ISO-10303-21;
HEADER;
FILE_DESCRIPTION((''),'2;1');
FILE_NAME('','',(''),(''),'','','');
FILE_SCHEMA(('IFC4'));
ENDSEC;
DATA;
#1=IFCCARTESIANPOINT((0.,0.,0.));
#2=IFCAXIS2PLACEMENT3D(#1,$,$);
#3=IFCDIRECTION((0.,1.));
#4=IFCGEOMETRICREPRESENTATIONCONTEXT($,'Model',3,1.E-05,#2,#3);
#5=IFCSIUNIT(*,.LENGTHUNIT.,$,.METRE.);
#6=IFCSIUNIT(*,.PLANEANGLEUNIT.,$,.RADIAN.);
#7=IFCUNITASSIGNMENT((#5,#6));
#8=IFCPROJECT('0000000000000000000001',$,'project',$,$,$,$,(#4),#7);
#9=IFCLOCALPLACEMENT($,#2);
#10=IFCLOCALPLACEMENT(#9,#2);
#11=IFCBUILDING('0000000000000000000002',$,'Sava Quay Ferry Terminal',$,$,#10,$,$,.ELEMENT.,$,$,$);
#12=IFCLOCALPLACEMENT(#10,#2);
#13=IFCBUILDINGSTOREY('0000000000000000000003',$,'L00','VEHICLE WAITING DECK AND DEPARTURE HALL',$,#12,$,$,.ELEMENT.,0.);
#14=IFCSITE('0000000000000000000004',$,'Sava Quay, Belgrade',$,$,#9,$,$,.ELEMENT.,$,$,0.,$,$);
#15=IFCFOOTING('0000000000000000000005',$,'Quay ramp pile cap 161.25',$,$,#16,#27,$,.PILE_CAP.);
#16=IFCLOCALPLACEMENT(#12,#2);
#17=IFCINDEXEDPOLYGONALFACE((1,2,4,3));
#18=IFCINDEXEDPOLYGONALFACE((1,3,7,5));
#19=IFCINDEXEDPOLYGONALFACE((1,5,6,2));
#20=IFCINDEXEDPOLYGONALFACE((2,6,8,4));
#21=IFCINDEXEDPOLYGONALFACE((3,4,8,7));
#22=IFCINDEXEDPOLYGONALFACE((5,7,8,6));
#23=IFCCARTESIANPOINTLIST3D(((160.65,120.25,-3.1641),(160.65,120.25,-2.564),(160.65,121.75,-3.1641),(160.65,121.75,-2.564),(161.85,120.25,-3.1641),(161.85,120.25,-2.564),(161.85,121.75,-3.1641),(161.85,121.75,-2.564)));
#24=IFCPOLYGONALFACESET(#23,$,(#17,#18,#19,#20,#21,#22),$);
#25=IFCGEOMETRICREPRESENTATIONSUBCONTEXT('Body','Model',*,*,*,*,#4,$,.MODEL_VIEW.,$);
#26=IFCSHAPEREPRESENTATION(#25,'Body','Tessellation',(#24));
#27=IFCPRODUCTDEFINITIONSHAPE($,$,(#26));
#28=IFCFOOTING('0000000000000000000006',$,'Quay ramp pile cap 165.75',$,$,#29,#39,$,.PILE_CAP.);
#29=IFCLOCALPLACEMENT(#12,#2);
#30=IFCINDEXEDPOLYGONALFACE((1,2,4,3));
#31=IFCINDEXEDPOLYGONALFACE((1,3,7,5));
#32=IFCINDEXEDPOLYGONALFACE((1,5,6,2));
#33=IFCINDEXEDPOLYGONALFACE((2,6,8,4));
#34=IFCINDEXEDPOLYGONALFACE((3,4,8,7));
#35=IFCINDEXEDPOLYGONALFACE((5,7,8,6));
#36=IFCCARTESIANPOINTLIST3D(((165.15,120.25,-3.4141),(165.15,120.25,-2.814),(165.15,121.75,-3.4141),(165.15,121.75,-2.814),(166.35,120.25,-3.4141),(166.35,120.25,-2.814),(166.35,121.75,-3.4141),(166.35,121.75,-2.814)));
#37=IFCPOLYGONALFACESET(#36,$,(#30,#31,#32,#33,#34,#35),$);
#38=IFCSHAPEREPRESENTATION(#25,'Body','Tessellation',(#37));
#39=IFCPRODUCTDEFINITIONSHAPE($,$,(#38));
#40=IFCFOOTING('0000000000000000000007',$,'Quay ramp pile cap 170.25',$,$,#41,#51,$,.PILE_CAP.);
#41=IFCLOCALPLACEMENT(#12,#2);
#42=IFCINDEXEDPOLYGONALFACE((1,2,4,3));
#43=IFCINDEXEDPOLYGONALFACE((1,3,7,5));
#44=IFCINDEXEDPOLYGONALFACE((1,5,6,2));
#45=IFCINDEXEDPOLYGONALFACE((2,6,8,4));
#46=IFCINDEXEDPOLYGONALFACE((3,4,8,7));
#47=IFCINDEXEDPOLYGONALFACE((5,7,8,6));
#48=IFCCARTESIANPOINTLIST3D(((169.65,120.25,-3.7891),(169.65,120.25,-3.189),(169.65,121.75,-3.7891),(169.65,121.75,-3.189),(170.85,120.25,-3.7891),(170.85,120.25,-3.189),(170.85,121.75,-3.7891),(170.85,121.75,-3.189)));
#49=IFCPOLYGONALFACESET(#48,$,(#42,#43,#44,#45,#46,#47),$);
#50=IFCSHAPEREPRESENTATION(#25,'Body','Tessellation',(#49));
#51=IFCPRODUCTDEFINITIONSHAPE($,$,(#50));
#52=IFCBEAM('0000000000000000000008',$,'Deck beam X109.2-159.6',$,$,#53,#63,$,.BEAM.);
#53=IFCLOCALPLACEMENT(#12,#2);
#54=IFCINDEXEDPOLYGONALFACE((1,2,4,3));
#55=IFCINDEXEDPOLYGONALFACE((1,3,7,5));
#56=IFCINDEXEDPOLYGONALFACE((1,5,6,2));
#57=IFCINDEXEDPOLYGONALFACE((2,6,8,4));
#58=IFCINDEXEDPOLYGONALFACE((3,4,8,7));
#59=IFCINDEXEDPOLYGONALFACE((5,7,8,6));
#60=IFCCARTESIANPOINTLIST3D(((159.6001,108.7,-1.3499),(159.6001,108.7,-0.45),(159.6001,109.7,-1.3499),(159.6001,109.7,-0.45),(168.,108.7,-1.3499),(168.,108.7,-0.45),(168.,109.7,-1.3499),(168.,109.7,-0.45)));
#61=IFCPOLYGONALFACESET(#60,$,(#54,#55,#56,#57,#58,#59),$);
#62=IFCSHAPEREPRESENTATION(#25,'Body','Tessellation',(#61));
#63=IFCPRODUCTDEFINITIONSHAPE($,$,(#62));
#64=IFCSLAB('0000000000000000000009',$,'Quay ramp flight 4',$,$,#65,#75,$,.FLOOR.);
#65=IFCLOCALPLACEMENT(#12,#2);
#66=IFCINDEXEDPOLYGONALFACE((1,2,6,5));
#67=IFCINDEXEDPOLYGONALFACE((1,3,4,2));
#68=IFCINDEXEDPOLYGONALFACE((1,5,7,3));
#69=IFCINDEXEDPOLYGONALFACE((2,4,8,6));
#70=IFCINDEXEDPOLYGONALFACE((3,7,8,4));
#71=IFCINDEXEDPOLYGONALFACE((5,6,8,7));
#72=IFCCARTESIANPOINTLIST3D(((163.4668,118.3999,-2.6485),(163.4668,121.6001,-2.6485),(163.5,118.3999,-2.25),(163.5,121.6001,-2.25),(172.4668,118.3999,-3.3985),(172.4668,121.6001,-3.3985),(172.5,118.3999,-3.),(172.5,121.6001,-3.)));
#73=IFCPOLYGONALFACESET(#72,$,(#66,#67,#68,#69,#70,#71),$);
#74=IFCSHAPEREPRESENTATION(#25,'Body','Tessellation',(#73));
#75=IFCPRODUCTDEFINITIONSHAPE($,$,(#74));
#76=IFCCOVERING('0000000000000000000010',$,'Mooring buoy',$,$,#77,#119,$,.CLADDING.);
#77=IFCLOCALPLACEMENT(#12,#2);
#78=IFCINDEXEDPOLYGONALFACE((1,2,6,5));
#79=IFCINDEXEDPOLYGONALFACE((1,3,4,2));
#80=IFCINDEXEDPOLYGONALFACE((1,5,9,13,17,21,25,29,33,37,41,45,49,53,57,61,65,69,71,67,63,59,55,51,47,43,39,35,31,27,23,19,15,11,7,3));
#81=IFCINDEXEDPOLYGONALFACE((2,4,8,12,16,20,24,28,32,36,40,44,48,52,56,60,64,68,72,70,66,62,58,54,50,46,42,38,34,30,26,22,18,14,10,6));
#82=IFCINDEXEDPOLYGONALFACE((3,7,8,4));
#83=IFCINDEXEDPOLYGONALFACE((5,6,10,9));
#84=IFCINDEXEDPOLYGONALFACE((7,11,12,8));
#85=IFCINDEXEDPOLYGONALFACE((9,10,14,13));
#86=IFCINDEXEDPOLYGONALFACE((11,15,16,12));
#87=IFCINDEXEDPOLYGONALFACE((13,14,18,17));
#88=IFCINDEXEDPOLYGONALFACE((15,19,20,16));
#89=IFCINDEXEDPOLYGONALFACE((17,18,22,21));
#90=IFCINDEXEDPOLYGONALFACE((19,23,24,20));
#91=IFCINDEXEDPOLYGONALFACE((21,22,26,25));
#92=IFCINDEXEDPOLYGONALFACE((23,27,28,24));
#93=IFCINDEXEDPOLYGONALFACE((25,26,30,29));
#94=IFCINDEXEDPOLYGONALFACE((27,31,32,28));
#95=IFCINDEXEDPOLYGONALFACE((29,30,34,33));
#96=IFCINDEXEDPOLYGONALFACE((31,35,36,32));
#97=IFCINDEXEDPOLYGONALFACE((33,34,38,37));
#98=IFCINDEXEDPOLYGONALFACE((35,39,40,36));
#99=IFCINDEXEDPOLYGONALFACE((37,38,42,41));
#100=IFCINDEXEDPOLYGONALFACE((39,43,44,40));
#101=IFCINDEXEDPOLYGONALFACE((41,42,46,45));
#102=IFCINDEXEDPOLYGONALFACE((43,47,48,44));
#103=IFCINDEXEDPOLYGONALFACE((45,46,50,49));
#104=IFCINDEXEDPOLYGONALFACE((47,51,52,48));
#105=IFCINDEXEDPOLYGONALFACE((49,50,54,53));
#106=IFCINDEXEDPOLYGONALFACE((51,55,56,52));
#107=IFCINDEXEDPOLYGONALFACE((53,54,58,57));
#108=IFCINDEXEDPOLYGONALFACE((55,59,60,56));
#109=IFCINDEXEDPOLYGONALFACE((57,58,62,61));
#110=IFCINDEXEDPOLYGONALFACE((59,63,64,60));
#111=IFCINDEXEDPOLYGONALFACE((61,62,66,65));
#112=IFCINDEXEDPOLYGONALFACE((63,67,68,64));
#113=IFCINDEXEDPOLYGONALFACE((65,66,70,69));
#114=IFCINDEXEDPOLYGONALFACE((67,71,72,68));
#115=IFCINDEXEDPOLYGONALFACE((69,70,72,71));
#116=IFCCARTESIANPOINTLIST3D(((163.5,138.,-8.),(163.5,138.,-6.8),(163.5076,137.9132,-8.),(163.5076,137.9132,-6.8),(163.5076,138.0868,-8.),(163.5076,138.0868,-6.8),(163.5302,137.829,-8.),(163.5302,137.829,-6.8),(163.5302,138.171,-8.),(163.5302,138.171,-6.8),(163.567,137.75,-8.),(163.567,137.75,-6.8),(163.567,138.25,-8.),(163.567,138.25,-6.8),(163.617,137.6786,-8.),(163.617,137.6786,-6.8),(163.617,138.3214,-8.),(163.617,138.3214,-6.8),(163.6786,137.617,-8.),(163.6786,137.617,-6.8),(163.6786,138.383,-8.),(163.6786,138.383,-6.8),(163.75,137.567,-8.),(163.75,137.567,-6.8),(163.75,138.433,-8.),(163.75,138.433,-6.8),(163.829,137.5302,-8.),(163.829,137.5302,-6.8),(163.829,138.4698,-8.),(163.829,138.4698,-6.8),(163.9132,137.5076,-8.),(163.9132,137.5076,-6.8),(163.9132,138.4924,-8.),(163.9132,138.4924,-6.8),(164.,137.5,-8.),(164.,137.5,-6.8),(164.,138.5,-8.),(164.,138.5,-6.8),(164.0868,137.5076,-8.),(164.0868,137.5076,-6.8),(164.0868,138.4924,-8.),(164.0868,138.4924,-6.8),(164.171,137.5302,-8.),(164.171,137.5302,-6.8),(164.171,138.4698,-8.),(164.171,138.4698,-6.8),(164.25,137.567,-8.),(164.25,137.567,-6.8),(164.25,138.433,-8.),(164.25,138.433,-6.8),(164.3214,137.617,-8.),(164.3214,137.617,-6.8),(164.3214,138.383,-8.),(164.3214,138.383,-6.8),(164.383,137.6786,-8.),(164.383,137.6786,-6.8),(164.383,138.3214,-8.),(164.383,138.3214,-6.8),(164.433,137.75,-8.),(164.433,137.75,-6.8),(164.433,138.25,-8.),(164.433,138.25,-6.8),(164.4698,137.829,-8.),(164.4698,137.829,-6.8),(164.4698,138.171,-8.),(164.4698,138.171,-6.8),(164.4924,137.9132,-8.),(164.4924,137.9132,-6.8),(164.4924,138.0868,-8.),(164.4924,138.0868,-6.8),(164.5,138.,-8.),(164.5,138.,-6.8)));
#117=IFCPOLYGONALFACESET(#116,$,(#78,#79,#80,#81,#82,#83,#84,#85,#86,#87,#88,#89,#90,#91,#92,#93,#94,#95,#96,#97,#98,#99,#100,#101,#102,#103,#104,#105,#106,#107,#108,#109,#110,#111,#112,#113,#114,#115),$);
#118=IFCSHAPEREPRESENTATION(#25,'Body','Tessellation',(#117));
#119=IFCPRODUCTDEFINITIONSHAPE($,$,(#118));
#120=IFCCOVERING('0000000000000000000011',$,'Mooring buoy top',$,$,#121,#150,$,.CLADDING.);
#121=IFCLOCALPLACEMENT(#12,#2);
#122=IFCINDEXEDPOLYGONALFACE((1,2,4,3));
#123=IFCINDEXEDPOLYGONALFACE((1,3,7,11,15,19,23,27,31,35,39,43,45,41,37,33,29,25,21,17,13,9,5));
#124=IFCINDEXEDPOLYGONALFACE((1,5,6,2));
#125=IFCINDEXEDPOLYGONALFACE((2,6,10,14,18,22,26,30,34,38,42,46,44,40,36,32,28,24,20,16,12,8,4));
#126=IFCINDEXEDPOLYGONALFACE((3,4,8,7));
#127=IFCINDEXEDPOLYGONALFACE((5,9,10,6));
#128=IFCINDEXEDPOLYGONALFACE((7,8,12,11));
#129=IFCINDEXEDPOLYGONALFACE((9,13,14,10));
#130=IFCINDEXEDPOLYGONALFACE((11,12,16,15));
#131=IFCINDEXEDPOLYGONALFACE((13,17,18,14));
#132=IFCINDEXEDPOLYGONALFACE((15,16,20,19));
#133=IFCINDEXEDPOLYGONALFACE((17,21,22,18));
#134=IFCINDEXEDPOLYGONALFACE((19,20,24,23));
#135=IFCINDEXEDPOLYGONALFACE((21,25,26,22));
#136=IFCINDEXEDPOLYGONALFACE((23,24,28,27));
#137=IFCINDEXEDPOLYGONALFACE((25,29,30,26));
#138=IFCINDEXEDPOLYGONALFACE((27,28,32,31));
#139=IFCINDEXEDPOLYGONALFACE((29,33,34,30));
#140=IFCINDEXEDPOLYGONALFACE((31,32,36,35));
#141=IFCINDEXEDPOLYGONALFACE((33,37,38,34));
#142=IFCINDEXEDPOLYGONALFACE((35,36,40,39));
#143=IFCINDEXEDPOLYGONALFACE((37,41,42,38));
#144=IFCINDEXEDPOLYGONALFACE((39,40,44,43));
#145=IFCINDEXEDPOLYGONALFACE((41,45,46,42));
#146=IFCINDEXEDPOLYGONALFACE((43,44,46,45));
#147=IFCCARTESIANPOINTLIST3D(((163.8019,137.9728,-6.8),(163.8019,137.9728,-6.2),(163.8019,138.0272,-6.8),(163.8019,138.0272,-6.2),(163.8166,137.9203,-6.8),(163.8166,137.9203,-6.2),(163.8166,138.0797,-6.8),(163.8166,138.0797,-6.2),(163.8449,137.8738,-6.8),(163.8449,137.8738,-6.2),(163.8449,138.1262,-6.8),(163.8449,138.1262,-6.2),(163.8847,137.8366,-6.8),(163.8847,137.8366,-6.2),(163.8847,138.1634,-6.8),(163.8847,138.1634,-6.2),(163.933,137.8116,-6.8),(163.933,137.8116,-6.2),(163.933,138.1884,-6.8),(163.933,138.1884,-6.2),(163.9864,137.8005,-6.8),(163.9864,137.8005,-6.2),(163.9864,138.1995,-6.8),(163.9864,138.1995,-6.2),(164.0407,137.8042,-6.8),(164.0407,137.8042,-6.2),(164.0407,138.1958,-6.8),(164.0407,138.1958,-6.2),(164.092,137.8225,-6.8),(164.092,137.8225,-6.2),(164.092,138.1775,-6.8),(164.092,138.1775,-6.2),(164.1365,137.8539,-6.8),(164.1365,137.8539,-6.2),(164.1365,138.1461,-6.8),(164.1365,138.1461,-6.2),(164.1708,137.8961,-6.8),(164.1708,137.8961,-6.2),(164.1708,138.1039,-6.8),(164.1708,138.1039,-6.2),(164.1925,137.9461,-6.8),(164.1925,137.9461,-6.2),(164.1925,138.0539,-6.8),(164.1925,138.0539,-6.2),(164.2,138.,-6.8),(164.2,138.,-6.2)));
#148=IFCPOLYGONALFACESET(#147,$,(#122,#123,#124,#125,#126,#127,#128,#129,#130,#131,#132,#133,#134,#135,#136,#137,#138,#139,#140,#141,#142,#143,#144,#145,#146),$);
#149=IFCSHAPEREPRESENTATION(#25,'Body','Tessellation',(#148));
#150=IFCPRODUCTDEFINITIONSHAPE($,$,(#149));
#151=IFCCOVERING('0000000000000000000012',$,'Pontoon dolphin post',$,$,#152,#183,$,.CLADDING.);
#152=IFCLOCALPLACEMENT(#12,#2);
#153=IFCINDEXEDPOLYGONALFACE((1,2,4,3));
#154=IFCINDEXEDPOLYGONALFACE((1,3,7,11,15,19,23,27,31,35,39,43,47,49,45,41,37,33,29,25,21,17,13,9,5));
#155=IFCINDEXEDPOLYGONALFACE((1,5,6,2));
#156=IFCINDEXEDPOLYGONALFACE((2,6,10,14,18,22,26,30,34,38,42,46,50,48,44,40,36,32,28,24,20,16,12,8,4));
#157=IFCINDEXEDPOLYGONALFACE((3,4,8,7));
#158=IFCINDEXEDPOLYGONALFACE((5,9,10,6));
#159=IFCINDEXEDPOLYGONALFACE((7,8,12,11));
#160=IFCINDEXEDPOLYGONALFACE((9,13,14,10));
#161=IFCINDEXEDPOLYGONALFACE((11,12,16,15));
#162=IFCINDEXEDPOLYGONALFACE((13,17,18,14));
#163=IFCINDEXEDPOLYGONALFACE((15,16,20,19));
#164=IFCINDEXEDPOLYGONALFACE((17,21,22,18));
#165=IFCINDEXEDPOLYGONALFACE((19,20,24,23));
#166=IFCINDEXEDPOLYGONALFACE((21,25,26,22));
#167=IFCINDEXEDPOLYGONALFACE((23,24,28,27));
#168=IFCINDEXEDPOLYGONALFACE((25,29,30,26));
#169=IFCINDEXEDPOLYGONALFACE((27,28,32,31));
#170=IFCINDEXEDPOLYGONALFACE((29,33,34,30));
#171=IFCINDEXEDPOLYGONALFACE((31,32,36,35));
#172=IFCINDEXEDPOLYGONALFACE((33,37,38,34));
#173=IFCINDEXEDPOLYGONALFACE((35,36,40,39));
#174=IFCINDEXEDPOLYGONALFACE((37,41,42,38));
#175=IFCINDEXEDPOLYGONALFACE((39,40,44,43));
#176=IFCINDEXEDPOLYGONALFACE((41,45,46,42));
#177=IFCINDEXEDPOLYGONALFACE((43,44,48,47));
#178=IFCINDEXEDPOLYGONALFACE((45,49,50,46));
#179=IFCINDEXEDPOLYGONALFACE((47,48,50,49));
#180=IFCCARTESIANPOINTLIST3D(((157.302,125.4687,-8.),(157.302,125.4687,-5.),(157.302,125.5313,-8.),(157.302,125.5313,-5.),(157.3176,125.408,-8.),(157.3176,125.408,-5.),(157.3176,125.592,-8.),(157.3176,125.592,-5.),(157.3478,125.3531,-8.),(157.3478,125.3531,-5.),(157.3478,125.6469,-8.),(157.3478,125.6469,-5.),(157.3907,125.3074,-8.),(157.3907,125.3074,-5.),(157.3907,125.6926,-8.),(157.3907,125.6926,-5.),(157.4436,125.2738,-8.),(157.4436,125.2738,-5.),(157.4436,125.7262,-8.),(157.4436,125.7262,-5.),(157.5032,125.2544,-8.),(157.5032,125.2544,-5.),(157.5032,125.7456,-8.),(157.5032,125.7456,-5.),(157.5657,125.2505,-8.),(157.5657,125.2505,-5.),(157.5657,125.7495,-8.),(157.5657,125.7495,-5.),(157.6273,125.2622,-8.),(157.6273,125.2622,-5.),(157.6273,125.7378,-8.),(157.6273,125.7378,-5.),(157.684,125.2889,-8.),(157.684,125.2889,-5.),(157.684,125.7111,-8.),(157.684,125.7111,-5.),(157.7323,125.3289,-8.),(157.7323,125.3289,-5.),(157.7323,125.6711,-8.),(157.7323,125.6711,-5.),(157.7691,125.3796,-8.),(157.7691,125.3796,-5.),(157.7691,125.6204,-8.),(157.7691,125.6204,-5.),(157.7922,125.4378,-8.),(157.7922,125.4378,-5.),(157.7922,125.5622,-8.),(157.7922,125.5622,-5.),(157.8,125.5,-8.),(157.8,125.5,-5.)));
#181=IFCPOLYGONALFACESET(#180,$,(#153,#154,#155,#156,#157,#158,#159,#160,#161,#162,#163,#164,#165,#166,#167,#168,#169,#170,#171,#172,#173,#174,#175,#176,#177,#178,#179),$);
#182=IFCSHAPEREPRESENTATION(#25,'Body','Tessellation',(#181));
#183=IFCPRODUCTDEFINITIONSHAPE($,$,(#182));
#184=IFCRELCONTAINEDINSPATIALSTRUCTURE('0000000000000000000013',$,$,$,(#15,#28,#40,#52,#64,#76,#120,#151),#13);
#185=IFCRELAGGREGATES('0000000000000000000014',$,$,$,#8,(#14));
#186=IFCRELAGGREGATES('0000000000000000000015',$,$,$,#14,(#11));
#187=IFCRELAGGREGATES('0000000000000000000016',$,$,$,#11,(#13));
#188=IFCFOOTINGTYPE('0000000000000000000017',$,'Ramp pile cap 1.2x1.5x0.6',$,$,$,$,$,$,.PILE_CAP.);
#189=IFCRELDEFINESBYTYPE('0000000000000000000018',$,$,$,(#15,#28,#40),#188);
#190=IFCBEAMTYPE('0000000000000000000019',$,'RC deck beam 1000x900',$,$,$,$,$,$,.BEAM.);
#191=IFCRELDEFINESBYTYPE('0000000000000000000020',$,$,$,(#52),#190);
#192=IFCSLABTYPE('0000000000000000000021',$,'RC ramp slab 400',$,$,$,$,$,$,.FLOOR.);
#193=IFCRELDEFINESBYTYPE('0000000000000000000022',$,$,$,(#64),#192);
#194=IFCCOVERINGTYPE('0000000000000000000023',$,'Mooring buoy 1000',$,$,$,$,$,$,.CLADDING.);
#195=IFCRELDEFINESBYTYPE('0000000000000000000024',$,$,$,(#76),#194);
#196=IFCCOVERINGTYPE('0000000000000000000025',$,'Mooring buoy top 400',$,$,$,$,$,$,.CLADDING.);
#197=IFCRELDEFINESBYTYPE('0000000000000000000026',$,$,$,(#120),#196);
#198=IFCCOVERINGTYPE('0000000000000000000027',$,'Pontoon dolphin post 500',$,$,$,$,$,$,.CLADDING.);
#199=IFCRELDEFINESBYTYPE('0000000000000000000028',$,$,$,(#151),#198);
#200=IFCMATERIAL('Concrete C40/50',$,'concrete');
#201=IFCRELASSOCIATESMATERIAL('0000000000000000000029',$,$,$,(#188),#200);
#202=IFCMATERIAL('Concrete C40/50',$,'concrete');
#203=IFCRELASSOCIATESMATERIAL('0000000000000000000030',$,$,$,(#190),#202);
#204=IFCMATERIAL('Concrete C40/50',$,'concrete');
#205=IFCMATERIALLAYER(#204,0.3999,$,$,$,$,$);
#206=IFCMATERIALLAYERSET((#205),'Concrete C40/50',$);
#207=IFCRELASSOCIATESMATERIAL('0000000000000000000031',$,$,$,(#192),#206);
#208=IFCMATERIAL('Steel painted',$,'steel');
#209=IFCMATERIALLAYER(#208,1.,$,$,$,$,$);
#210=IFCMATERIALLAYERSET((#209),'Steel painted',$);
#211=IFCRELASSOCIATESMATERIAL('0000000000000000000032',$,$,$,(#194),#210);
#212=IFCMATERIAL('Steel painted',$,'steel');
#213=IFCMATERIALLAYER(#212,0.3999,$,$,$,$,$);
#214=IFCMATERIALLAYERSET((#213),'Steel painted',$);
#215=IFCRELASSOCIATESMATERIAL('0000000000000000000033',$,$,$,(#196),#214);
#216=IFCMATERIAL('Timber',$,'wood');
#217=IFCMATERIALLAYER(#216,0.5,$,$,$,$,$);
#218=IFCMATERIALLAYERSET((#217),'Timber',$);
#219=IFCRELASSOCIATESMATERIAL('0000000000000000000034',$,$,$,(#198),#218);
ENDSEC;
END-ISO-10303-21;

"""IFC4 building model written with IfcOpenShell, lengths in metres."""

from ifc_helpers import new_model, si_unit, direction, frame, origin, origin_2d, place, context, subcontext, project, spatial, polyline, rectangle, circle, outline, extrude, material, layer, layer_set, material_profile, profile_set, type_object, element, save


model = new_model("IFC4")

# Units and contexts
model_context = context("Model", 3, precision=1e-05, world=origin(), true_north=direction((0.0, 1.0)))
body_context = subcontext(model_context, "Body", "Model", "MODEL_VIEW")
ifc_project = project(units=[si_unit("LENGTHUNIT", "METRE"), si_unit("PLANEANGLEUNIT", "RADIAN")], contexts=[model_context])

# Site, building, storey
site_placement = place(None, origin())
site = spatial("IfcSite", under=ifc_project, at=site_placement, Name="Sava Quay, Belgrade", CompositionType="ELEMENT", RefElevation=0.0)
building_placement = place(site_placement, origin())
building = spatial("IfcBuilding", under=site, at=building_placement, Name="Sava Quay Ferry Terminal", CompositionType="ELEMENT")
storey_placement = place(building_placement, origin())
storey = spatial("IfcBuildingStorey", under=building, at=storey_placement, Name="L00", Description="VEHICLE WAITING DECK AND DEPARTURE HALL", CompositionType="ELEMENT", Elevation=0.0)

# Footings
ifc_material_1 = material(Name="Concrete C40/50", Category="concrete")
footing_type_1 = type_object("IfcFootingType", Name="Ramp pile cap 1.2x1.5x0.6", PredefinedType="PILE_CAP", material=ifc_material_1)
for number, where, z_axis, x_axis, name in (
    (1, (161.25, 121.0, -3.1641), (0.0, 0.0, 1.0), (1.0, 0.0, 0.0), "Quay ramp pile cap 161.25"),
    (2, (165.75, 121.0, -3.4141), (0.0, 0.0, 1.0), (1.0, 0.0, 0.0), "Quay ramp pile cap 165.75"),
    (3, (170.25, 121.0, -3.7891), (0.0, 0.0, 1.0), (1.0, 0.0, 0.0), "Quay ramp pile cap 170.25"),
):
    element("IfcFooting", number, at=place(storey_placement, frame(where, z_axis=z_axis, x_axis=x_axis)), inside=storey, type_object=footing_type_1, Name=name, PredefinedType="PILE_CAP", context=body_context, shape_type="SweptSolid", body=[
        extrude(rectangle(XDim=1.2, YDim=1.5, at=origin_2d()), origin(), (0.0, 0.0, 1.0), 0.6001),
    ])

# Beam
ifc_material_2 = material(Name="Concrete C40/50", Category="concrete")
ifc_material_profile_1 = material_profile(ifc_material_2, rectangle(XDim=1.0, YDim=0.8999, at=origin_2d()), Name="RC 1000x900")
ifc_profile_set_1 = profile_set([ifc_material_profile_1], Name="Concrete C40/50")
beam_type = type_object("IfcBeamType", Name="RC deck beam 1000x900", PredefinedType="BEAM", material=ifc_profile_set_1)
beam_placement = place(storey_placement, frame((159.6001, 109.2, -0.8999), z_axis=(1.0, 0.0, 0.0), x_axis=(0.0, 1.0, 0.0)))
element("IfcBeam", 4, at=beam_placement, inside=storey, type_object=beam_type, Name="Deck beam X109.2-159.6", PredefinedType="BEAM", context=body_context, shape_type="SweptSolid", body=[
    extrude(rectangle(XDim=1.0, YDim=0.8999, at=origin_2d()), origin(), (0.0, 0.0, 1.0), 8.3999),
])

# Slab
ifc_material_3 = material(Name="Concrete C40/50", Category="concrete")
ifc_layer_1 = layer(ifc_material_3, 0.3999)
ifc_layer_set_1 = layer_set([ifc_layer_1], Name="Concrete C40/50")
slab_type = type_object("IfcSlabType", Name="RC ramp slab 400", PredefinedType="FLOOR", material=ifc_layer_set_1)
slab_placement = place(storey_placement, frame((163.5, 118.3999, -2.25), z_axis=(0.083045, 0.0, 0.996546), x_axis=(0.996546, 0.0, -0.083045)))
element("IfcSlab", 5, at=slab_placement, inside=storey, type_object=slab_type, Name="Quay ramp flight 4", PredefinedType="FLOOR", context=body_context, shape_type="SweptSolid", body=[
    extrude(outline(polyline([(0.0, 0.0), (9.0312, 0.0), (9.0312, 3.2002), (0.0, 3.2002), (0.0, 0.0)])), origin(), (0.0, 0.0, -1.0), 0.3999),
])

# Coverings
ifc_material_4 = material(Name="Steel painted", Category="steel")
ifc_layer_2 = layer(ifc_material_4, 1.0)
ifc_layer_set_2 = layer_set([ifc_layer_2], Name="Steel painted")
covering_type_1 = type_object("IfcCoveringType", Name="Mooring buoy 1000", PredefinedType="CLADDING", material=ifc_layer_set_2)
covering_1_placement = place(storey_placement, frame((164.0, 138.0, -6.8), z_axis=(0.0, 0.0, -1.0), x_axis=(1.0, 0.0, 0.0)))
element("IfcCovering", 6, at=covering_1_placement, inside=storey, type_object=covering_type_1, Name="Mooring buoy", PredefinedType="CLADDING", context=body_context, shape_type="SweptSolid", body=[
    extrude(circle(Radius=0.5, at=origin_2d()), origin(), (0.0, 0.0, 1.0), 1.2),
])
ifc_material_5 = material(Name="Steel painted", Category="steel")
ifc_layer_3 = layer(ifc_material_5, 0.3999)
ifc_layer_set_3 = layer_set([ifc_layer_3], Name="Steel painted")
covering_type_2 = type_object("IfcCoveringType", Name="Mooring buoy top 400", PredefinedType="CLADDING", material=ifc_layer_set_3)
covering_2_placement = place(storey_placement, frame((164.0, 138.0, -6.2), z_axis=(0.0, 0.0, -1.0), x_axis=(1.0, 0.0, 0.0)))
element("IfcCovering", 7, at=covering_2_placement, inside=storey, type_object=covering_type_2, Name="Mooring buoy top", PredefinedType="CLADDING", context=body_context, shape_type="SweptSolid", body=[
    extrude(circle(Radius=0.2, at=origin_2d()), origin(), (0.0, 0.0, 1.0), 0.6001),
])
ifc_material_6 = material(Name="Timber", Category="wood")
ifc_layer_4 = layer(ifc_material_6, 0.5)
ifc_layer_set_4 = layer_set([ifc_layer_4], Name="Timber")
covering_type_3 = type_object("IfcCoveringType", Name="Pontoon dolphin post 500", PredefinedType="CLADDING", material=ifc_layer_set_4)
covering_3_placement = place(storey_placement, frame((157.55, 125.5, -5.0), z_axis=(0.0, 0.0, -1.0), x_axis=(1.0, 0.0, 0.0)))
element("IfcCovering", 8, at=covering_3_placement, inside=storey, type_object=covering_type_3, Name="Pontoon dolphin post", PredefinedType="CLADDING", context=body_context, shape_type="SweptSolid", body=[
    extrude(circle(Radius=0.25, at=origin_2d()), origin(), (0.0, 0.0, 1.0), 3.0),
])

save(model, "model.ifc")
